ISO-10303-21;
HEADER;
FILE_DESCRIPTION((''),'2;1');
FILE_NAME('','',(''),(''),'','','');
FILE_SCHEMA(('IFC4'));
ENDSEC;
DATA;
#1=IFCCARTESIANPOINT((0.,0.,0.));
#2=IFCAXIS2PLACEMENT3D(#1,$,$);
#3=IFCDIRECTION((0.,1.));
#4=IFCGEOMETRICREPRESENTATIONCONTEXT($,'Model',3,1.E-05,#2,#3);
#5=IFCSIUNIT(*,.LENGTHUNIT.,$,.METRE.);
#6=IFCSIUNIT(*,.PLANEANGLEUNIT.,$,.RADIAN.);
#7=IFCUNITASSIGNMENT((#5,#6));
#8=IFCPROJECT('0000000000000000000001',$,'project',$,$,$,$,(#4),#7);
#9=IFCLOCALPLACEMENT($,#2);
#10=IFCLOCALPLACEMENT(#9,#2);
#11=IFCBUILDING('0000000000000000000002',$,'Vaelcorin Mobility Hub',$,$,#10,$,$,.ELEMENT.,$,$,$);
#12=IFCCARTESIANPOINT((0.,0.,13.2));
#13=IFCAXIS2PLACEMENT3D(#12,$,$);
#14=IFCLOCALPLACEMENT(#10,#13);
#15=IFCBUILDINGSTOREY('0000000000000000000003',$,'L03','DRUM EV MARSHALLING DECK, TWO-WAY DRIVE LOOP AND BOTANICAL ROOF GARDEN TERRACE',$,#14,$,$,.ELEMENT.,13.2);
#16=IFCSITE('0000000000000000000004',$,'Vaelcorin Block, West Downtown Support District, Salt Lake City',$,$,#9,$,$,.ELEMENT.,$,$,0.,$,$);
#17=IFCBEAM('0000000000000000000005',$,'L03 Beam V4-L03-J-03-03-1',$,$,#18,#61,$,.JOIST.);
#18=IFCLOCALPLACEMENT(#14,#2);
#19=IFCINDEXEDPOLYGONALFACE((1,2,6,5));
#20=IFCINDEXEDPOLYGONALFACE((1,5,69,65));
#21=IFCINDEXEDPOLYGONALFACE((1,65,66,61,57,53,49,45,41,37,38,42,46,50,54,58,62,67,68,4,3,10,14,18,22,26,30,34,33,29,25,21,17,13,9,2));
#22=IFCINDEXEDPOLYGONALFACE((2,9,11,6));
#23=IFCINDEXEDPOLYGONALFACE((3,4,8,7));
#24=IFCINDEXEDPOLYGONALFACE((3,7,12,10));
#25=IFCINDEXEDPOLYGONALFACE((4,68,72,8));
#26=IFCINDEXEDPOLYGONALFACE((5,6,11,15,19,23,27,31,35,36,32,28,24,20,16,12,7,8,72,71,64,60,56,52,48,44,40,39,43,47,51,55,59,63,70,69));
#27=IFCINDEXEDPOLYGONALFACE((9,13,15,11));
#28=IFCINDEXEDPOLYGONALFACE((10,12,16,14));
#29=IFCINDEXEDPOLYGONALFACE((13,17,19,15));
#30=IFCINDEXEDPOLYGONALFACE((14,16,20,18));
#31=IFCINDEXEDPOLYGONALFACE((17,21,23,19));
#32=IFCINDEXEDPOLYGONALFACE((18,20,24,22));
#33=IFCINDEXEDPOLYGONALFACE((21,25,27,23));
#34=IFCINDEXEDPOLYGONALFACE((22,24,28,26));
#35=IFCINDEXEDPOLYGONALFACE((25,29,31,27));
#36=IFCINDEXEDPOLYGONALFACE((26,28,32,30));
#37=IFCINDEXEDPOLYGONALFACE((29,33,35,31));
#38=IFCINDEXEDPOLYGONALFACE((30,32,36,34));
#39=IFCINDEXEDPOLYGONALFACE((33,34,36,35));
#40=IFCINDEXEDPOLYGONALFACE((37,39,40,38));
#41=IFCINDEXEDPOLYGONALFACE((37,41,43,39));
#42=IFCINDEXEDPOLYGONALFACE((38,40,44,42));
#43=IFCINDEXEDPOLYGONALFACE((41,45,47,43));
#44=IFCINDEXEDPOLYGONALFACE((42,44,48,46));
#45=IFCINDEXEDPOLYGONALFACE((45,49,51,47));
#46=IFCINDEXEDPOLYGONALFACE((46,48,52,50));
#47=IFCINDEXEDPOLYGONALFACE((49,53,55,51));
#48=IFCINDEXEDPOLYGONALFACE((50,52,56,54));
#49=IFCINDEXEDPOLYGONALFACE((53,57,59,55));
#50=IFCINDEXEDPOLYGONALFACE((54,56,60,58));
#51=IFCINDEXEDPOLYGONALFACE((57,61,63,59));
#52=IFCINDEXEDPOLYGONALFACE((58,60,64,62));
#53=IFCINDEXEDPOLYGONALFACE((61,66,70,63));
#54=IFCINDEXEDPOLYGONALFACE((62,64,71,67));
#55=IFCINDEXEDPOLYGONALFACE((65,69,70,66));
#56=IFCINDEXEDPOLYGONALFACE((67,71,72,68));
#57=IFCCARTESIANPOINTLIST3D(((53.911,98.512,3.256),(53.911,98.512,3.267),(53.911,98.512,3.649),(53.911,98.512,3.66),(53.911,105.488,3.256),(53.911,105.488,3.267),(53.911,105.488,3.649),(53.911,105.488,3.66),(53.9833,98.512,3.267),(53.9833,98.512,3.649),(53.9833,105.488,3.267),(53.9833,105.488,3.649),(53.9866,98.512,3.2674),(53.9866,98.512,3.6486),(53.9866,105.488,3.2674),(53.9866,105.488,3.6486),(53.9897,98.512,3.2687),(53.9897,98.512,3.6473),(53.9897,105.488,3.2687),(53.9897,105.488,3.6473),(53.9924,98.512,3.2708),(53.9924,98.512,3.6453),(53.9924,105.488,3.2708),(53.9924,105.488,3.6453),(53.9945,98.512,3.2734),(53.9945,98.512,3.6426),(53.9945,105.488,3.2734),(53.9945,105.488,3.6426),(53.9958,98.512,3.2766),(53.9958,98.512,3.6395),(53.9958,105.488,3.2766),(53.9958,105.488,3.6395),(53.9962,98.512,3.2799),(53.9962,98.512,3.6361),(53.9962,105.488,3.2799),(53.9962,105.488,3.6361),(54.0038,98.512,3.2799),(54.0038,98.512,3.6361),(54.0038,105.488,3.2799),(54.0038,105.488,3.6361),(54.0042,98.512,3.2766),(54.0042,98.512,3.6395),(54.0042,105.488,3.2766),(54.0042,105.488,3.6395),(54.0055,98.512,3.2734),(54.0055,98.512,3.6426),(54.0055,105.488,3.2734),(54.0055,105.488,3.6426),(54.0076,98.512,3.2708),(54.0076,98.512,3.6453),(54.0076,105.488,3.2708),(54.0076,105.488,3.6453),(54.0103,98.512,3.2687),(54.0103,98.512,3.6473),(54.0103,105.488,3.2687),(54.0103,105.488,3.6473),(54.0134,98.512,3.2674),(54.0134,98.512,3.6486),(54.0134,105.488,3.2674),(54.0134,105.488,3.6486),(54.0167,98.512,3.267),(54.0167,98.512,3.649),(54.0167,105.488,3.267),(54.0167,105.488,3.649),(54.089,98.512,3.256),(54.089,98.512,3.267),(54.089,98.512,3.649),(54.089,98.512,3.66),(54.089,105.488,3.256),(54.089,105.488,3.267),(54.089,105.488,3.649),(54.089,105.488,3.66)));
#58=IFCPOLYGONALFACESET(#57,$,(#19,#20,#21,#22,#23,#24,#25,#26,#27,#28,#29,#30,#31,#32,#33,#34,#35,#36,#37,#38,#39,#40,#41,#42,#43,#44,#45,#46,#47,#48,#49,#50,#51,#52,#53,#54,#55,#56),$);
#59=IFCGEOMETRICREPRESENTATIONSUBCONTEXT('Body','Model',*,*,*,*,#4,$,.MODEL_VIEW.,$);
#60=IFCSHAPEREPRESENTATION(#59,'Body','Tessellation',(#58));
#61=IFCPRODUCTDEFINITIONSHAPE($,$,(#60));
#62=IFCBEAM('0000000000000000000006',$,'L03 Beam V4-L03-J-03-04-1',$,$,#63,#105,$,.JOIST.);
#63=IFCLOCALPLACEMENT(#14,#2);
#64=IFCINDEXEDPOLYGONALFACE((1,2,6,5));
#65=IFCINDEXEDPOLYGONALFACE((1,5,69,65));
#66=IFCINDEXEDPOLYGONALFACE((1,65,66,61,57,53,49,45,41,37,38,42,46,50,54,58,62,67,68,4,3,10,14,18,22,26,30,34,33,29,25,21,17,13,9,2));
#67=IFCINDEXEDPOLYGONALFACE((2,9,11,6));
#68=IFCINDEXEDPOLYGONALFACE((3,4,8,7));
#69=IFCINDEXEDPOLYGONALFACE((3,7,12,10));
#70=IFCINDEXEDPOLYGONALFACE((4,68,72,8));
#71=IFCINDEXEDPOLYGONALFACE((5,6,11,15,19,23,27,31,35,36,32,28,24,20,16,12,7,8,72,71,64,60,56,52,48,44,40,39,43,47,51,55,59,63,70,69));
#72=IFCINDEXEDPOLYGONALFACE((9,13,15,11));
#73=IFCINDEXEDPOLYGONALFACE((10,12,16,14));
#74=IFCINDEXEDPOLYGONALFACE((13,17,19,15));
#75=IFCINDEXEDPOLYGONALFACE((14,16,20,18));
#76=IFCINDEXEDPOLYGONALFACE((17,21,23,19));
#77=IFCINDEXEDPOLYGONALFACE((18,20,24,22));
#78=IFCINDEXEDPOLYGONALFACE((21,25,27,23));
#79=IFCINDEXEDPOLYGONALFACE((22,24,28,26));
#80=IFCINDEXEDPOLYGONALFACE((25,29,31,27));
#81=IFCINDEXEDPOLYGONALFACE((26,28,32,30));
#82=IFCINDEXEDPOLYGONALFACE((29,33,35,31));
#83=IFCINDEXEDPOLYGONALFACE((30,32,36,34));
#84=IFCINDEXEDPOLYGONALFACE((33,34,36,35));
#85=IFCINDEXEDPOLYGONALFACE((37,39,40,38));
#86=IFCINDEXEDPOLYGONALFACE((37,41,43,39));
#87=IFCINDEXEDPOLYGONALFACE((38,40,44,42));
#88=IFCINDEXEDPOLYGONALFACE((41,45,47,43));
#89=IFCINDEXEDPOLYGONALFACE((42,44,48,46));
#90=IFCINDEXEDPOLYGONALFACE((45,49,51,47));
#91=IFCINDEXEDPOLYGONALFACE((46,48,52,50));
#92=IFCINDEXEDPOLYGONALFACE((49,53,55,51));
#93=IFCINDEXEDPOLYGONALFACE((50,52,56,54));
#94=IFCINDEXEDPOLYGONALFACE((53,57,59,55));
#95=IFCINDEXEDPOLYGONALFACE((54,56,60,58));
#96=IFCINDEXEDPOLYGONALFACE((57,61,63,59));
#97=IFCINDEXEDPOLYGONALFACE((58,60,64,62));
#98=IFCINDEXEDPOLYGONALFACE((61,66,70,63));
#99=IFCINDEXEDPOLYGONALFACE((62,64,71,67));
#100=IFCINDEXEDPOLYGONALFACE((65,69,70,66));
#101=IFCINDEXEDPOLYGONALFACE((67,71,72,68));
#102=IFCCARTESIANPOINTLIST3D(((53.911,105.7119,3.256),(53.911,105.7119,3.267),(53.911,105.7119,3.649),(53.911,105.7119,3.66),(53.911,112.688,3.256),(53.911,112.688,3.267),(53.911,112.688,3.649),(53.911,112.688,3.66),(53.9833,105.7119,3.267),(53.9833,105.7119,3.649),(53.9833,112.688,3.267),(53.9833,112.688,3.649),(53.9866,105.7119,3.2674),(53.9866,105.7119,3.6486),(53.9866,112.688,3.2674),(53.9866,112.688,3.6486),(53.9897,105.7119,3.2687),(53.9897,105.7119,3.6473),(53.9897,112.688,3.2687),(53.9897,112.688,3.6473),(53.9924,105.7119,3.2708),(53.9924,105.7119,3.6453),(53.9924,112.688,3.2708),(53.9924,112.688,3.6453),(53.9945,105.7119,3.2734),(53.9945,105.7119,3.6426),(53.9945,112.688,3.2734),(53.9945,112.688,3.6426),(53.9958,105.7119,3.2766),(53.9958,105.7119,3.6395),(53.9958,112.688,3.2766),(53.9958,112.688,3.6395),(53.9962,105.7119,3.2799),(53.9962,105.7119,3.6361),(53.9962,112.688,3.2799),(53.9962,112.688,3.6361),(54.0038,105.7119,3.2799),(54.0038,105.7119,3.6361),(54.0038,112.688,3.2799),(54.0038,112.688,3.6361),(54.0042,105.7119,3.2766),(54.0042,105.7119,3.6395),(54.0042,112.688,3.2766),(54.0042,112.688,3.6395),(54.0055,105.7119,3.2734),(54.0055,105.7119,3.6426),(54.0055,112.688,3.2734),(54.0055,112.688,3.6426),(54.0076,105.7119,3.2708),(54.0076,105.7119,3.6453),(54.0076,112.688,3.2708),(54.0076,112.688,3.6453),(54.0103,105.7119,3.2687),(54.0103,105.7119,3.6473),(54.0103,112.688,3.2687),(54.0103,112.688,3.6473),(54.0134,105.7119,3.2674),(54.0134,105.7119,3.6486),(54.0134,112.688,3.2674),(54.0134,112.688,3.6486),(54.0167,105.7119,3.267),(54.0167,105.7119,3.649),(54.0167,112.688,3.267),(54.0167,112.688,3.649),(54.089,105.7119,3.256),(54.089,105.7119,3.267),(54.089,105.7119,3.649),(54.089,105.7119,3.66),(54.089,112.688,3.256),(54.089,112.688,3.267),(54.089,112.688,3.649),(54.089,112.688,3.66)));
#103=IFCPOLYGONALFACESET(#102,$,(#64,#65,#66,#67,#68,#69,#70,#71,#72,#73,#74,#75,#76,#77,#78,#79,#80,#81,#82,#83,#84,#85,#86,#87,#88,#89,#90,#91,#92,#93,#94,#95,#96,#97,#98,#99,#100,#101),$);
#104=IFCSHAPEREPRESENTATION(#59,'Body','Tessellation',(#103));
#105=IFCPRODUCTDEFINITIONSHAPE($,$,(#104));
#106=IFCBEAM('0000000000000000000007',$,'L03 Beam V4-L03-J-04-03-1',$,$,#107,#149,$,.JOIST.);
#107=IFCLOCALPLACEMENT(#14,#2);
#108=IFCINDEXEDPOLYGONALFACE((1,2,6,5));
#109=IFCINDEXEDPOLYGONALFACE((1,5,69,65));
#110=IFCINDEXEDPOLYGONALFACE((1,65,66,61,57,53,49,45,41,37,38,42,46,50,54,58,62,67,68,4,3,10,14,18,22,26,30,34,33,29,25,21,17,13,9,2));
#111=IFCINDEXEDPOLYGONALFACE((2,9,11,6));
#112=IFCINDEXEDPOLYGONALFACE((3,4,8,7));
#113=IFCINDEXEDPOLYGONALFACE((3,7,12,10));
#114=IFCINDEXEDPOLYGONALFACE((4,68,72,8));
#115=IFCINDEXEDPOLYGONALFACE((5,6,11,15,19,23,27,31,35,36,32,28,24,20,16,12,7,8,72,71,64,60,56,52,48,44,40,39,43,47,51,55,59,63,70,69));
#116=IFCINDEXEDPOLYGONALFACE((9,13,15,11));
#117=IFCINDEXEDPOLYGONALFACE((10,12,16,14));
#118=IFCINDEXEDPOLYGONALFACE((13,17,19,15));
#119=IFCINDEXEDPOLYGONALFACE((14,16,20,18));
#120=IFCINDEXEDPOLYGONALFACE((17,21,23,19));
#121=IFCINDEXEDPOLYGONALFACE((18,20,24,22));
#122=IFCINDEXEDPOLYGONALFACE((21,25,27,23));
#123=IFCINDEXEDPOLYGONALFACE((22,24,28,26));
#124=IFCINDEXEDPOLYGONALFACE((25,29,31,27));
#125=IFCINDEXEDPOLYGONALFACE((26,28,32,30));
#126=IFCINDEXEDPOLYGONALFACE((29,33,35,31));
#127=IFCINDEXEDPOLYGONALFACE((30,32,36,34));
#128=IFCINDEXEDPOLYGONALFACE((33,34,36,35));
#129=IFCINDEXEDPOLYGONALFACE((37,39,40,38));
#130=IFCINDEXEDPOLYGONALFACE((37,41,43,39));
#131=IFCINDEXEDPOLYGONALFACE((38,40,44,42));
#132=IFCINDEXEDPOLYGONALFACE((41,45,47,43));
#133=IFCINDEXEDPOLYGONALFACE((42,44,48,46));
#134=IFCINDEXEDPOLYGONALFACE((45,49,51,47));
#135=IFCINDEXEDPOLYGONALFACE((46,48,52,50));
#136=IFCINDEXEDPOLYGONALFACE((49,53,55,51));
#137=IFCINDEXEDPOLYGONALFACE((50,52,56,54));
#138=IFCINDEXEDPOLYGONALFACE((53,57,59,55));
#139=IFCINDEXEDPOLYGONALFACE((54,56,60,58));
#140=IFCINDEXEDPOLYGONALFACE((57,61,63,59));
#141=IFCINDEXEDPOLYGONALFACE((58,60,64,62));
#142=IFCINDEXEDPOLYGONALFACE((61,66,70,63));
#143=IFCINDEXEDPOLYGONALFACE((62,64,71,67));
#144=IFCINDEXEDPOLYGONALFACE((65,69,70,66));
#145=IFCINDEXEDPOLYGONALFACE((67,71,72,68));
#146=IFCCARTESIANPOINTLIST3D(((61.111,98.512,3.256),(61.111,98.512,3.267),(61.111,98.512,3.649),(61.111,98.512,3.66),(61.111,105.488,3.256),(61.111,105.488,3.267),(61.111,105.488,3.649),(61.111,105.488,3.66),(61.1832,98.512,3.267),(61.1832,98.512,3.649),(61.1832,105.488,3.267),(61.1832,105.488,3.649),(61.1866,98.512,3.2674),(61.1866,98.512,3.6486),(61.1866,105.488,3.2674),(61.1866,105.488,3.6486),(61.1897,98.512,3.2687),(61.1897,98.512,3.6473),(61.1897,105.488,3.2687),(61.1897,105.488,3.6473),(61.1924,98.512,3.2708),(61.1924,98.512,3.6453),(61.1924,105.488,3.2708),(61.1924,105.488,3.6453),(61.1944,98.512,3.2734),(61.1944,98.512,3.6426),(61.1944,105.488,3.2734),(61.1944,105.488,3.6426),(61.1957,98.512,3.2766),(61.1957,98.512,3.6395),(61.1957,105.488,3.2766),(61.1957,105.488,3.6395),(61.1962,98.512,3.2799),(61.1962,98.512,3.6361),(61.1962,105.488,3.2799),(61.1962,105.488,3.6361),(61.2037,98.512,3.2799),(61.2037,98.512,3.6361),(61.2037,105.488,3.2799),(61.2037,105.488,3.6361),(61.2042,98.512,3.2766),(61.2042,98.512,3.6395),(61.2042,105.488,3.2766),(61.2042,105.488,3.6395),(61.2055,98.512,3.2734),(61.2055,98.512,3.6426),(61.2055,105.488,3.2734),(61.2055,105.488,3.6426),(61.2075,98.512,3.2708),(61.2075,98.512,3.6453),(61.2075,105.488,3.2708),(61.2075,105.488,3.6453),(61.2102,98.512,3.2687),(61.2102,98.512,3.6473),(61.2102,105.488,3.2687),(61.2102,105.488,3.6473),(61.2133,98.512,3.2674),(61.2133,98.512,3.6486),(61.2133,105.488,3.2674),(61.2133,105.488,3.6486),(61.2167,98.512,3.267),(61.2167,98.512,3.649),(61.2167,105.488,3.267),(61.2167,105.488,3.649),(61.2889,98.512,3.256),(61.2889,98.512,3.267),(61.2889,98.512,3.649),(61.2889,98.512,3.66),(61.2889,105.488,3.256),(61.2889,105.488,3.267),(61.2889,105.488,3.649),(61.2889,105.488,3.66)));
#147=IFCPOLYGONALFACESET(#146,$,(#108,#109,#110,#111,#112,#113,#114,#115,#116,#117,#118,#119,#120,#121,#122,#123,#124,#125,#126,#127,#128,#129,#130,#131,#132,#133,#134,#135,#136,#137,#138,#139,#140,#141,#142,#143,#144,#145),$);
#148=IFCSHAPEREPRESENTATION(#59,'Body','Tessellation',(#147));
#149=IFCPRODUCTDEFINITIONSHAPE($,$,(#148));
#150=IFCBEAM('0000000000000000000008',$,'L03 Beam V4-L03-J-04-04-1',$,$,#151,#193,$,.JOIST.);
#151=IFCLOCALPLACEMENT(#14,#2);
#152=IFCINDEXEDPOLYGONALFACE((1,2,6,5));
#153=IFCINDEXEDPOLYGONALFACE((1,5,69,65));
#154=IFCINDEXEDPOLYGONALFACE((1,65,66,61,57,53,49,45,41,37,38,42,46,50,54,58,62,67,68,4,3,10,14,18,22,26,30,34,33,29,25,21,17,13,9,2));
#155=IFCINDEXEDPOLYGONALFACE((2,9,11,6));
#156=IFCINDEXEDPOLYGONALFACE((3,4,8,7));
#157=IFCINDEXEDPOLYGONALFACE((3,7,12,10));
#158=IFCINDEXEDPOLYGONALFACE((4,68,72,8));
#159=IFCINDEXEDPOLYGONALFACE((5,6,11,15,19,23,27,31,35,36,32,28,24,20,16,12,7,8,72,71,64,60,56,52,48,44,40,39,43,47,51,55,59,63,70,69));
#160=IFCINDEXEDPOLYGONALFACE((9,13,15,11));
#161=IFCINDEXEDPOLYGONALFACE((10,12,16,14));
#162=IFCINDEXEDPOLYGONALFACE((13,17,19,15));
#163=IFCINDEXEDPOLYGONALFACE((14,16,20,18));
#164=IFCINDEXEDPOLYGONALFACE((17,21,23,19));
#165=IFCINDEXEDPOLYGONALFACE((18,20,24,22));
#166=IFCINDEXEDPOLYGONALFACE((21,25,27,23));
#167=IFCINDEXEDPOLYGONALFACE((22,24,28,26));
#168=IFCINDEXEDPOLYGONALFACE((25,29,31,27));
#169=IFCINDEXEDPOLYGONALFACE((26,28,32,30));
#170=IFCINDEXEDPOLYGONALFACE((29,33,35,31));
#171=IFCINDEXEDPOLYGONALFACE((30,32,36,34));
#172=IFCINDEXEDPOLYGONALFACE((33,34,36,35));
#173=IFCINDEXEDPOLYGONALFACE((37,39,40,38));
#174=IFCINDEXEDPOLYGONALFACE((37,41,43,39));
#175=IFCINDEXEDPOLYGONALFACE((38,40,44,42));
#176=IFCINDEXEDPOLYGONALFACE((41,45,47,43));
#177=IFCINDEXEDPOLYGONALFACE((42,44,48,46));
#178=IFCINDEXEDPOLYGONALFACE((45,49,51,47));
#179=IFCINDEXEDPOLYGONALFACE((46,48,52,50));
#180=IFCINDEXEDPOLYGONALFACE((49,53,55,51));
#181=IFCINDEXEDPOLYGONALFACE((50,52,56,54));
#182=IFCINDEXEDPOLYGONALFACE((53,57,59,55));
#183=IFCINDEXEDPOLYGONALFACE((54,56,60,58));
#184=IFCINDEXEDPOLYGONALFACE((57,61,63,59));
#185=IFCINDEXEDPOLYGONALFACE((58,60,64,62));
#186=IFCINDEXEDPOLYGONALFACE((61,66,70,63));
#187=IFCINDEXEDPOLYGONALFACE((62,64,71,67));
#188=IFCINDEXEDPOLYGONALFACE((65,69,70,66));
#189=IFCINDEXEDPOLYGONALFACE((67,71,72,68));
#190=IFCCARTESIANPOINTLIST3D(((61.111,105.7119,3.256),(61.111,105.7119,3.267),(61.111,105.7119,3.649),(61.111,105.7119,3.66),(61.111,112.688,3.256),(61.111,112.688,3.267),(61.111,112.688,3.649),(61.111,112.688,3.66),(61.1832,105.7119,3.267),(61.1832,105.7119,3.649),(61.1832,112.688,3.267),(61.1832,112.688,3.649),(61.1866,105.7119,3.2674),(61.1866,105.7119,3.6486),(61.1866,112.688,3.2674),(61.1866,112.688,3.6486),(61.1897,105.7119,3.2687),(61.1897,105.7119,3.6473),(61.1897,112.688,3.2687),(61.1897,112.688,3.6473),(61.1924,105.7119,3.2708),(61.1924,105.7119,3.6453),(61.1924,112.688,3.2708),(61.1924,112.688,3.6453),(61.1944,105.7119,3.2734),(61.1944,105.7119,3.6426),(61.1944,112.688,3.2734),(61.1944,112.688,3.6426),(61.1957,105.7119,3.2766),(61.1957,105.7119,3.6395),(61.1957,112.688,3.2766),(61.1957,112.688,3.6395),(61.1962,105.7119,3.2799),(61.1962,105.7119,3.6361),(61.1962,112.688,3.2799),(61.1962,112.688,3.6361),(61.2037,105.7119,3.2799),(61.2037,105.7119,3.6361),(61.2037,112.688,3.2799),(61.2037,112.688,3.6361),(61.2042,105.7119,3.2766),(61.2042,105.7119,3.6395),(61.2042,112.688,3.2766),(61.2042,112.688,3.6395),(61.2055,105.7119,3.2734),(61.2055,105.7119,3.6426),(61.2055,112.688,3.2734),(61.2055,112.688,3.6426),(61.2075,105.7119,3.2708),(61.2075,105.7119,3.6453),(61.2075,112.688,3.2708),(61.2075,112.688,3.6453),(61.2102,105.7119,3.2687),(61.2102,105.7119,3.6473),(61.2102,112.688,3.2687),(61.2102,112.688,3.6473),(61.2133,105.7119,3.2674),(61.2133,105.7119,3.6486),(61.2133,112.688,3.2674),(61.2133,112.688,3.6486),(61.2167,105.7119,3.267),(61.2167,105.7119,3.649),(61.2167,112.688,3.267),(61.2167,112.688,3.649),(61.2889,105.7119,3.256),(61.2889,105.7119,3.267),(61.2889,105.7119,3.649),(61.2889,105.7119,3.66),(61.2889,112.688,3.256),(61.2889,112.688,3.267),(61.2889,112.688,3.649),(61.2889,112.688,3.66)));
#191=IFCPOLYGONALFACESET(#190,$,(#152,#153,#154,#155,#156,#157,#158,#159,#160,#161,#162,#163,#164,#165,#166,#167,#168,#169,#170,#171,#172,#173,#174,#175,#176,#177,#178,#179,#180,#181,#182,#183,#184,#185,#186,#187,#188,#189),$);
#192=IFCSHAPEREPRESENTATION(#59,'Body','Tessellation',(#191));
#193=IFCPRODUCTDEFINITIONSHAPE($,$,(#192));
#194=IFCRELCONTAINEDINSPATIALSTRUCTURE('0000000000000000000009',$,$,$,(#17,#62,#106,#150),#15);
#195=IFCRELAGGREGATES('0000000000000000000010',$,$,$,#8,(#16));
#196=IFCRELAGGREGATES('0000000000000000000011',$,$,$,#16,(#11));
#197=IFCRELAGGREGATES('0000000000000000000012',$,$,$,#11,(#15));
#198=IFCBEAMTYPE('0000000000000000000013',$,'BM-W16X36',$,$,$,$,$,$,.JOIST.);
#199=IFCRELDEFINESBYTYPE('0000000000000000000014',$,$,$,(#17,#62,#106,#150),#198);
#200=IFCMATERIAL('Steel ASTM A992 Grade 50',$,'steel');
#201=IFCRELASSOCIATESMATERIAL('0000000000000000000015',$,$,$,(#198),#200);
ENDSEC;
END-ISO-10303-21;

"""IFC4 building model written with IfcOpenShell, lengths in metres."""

from ifc_helpers import new_model, si_unit, direction, frame, origin, origin_2d, place, context, subcontext, project, spatial, i_section, extrude, material, material_profile, profile_set, type_object, element, save


model = new_model("IFC4")

# Units and contexts
model_context = context("Model", 3, precision=1e-05, world=origin(), true_north=direction((0.0, 1.0)))
body_context = subcontext(model_context, "Body", "Model", "MODEL_VIEW")
ifc_project = project(units=[si_unit("LENGTHUNIT", "METRE"), si_unit("PLANEANGLEUNIT", "RADIAN")], contexts=[model_context])

# Site, building, storey
site_placement = place(None, origin())
site = spatial("IfcSite", under=ifc_project, at=site_placement, Name="Vaelcorin Block, West Downtown Support District, Salt Lake City", CompositionType="ELEMENT", RefElevation=0.0)
building_placement = place(site_placement, origin())
building = spatial("IfcBuilding", under=site, at=building_placement, Name="Vaelcorin Mobility Hub", CompositionType="ELEMENT")
storey_placement = place(building_placement, frame((0.0, 0.0, 13.2)))
storey = spatial("IfcBuildingStorey", under=building, at=storey_placement, Name="L03", Description="DRUM EV MARSHALLING DECK, TWO-WAY DRIVE LOOP AND BOTANICAL ROOF GARDEN TERRACE", CompositionType="ELEMENT", Elevation=13.2)

# Shared definitions
ifc_material_1 = material(Name="Steel ASTM A992 Grade 50", Category="steel")

# Beams
ifc_material_profile_1 = material_profile(ifc_material_1, i_section(OverallWidth=0.178, OverallDepth=0.4041, WebThickness=0.0076, FlangeThickness=0.011, FilletRadius=0.0129, at=origin_2d()), Name="W16X36")
ifc_profile_set_1 = profile_set([ifc_material_profile_1], Name="Steel ASTM A992 Grade 50")
beam_type_1 = type_object("IfcBeamType", Name="BM-W16X36", PredefinedType="JOIST", material=ifc_profile_set_1)
for number, where, z_axis, x_axis, name in (
    (1, (54.0, 98.512, 3.458), (0.0, 1.0, 0.0), (-1.0, 0.0, 0.0), "L03 Beam V4-L03-J-03-03-1"),
    (2, (54.0, 105.7119, 3.458), (0.0, 1.0, 0.0), (-1.0, 0.0, 0.0), "L03 Beam V4-L03-J-03-04-1"),
    (3, (61.2, 98.512, 3.458), (0.0, 1.0, 0.0), (-1.0, 0.0, 0.0), "L03 Beam V4-L03-J-04-03-1"),
    (4, (61.2, 105.7119, 3.458), (0.0, 1.0, 0.0), (-1.0, 0.0, 0.0), "L03 Beam V4-L03-J-04-04-1"),
):
    element("IfcBeam", number, at=place(storey_placement, frame(where, z_axis=z_axis, x_axis=x_axis)), inside=storey, type_object=beam_type_1, Name=name, PredefinedType="JOIST", context=body_context, shape_type="SweptSolid", body=[
        extrude(i_section(OverallWidth=0.178, OverallDepth=0.4041, WebThickness=0.0076, FlangeThickness=0.011, FilletRadius=0.0129, at=origin_2d()), origin(), (0.0, 0.0, 1.0), 6.9761),
    ])

save(model, "model.ifc")
